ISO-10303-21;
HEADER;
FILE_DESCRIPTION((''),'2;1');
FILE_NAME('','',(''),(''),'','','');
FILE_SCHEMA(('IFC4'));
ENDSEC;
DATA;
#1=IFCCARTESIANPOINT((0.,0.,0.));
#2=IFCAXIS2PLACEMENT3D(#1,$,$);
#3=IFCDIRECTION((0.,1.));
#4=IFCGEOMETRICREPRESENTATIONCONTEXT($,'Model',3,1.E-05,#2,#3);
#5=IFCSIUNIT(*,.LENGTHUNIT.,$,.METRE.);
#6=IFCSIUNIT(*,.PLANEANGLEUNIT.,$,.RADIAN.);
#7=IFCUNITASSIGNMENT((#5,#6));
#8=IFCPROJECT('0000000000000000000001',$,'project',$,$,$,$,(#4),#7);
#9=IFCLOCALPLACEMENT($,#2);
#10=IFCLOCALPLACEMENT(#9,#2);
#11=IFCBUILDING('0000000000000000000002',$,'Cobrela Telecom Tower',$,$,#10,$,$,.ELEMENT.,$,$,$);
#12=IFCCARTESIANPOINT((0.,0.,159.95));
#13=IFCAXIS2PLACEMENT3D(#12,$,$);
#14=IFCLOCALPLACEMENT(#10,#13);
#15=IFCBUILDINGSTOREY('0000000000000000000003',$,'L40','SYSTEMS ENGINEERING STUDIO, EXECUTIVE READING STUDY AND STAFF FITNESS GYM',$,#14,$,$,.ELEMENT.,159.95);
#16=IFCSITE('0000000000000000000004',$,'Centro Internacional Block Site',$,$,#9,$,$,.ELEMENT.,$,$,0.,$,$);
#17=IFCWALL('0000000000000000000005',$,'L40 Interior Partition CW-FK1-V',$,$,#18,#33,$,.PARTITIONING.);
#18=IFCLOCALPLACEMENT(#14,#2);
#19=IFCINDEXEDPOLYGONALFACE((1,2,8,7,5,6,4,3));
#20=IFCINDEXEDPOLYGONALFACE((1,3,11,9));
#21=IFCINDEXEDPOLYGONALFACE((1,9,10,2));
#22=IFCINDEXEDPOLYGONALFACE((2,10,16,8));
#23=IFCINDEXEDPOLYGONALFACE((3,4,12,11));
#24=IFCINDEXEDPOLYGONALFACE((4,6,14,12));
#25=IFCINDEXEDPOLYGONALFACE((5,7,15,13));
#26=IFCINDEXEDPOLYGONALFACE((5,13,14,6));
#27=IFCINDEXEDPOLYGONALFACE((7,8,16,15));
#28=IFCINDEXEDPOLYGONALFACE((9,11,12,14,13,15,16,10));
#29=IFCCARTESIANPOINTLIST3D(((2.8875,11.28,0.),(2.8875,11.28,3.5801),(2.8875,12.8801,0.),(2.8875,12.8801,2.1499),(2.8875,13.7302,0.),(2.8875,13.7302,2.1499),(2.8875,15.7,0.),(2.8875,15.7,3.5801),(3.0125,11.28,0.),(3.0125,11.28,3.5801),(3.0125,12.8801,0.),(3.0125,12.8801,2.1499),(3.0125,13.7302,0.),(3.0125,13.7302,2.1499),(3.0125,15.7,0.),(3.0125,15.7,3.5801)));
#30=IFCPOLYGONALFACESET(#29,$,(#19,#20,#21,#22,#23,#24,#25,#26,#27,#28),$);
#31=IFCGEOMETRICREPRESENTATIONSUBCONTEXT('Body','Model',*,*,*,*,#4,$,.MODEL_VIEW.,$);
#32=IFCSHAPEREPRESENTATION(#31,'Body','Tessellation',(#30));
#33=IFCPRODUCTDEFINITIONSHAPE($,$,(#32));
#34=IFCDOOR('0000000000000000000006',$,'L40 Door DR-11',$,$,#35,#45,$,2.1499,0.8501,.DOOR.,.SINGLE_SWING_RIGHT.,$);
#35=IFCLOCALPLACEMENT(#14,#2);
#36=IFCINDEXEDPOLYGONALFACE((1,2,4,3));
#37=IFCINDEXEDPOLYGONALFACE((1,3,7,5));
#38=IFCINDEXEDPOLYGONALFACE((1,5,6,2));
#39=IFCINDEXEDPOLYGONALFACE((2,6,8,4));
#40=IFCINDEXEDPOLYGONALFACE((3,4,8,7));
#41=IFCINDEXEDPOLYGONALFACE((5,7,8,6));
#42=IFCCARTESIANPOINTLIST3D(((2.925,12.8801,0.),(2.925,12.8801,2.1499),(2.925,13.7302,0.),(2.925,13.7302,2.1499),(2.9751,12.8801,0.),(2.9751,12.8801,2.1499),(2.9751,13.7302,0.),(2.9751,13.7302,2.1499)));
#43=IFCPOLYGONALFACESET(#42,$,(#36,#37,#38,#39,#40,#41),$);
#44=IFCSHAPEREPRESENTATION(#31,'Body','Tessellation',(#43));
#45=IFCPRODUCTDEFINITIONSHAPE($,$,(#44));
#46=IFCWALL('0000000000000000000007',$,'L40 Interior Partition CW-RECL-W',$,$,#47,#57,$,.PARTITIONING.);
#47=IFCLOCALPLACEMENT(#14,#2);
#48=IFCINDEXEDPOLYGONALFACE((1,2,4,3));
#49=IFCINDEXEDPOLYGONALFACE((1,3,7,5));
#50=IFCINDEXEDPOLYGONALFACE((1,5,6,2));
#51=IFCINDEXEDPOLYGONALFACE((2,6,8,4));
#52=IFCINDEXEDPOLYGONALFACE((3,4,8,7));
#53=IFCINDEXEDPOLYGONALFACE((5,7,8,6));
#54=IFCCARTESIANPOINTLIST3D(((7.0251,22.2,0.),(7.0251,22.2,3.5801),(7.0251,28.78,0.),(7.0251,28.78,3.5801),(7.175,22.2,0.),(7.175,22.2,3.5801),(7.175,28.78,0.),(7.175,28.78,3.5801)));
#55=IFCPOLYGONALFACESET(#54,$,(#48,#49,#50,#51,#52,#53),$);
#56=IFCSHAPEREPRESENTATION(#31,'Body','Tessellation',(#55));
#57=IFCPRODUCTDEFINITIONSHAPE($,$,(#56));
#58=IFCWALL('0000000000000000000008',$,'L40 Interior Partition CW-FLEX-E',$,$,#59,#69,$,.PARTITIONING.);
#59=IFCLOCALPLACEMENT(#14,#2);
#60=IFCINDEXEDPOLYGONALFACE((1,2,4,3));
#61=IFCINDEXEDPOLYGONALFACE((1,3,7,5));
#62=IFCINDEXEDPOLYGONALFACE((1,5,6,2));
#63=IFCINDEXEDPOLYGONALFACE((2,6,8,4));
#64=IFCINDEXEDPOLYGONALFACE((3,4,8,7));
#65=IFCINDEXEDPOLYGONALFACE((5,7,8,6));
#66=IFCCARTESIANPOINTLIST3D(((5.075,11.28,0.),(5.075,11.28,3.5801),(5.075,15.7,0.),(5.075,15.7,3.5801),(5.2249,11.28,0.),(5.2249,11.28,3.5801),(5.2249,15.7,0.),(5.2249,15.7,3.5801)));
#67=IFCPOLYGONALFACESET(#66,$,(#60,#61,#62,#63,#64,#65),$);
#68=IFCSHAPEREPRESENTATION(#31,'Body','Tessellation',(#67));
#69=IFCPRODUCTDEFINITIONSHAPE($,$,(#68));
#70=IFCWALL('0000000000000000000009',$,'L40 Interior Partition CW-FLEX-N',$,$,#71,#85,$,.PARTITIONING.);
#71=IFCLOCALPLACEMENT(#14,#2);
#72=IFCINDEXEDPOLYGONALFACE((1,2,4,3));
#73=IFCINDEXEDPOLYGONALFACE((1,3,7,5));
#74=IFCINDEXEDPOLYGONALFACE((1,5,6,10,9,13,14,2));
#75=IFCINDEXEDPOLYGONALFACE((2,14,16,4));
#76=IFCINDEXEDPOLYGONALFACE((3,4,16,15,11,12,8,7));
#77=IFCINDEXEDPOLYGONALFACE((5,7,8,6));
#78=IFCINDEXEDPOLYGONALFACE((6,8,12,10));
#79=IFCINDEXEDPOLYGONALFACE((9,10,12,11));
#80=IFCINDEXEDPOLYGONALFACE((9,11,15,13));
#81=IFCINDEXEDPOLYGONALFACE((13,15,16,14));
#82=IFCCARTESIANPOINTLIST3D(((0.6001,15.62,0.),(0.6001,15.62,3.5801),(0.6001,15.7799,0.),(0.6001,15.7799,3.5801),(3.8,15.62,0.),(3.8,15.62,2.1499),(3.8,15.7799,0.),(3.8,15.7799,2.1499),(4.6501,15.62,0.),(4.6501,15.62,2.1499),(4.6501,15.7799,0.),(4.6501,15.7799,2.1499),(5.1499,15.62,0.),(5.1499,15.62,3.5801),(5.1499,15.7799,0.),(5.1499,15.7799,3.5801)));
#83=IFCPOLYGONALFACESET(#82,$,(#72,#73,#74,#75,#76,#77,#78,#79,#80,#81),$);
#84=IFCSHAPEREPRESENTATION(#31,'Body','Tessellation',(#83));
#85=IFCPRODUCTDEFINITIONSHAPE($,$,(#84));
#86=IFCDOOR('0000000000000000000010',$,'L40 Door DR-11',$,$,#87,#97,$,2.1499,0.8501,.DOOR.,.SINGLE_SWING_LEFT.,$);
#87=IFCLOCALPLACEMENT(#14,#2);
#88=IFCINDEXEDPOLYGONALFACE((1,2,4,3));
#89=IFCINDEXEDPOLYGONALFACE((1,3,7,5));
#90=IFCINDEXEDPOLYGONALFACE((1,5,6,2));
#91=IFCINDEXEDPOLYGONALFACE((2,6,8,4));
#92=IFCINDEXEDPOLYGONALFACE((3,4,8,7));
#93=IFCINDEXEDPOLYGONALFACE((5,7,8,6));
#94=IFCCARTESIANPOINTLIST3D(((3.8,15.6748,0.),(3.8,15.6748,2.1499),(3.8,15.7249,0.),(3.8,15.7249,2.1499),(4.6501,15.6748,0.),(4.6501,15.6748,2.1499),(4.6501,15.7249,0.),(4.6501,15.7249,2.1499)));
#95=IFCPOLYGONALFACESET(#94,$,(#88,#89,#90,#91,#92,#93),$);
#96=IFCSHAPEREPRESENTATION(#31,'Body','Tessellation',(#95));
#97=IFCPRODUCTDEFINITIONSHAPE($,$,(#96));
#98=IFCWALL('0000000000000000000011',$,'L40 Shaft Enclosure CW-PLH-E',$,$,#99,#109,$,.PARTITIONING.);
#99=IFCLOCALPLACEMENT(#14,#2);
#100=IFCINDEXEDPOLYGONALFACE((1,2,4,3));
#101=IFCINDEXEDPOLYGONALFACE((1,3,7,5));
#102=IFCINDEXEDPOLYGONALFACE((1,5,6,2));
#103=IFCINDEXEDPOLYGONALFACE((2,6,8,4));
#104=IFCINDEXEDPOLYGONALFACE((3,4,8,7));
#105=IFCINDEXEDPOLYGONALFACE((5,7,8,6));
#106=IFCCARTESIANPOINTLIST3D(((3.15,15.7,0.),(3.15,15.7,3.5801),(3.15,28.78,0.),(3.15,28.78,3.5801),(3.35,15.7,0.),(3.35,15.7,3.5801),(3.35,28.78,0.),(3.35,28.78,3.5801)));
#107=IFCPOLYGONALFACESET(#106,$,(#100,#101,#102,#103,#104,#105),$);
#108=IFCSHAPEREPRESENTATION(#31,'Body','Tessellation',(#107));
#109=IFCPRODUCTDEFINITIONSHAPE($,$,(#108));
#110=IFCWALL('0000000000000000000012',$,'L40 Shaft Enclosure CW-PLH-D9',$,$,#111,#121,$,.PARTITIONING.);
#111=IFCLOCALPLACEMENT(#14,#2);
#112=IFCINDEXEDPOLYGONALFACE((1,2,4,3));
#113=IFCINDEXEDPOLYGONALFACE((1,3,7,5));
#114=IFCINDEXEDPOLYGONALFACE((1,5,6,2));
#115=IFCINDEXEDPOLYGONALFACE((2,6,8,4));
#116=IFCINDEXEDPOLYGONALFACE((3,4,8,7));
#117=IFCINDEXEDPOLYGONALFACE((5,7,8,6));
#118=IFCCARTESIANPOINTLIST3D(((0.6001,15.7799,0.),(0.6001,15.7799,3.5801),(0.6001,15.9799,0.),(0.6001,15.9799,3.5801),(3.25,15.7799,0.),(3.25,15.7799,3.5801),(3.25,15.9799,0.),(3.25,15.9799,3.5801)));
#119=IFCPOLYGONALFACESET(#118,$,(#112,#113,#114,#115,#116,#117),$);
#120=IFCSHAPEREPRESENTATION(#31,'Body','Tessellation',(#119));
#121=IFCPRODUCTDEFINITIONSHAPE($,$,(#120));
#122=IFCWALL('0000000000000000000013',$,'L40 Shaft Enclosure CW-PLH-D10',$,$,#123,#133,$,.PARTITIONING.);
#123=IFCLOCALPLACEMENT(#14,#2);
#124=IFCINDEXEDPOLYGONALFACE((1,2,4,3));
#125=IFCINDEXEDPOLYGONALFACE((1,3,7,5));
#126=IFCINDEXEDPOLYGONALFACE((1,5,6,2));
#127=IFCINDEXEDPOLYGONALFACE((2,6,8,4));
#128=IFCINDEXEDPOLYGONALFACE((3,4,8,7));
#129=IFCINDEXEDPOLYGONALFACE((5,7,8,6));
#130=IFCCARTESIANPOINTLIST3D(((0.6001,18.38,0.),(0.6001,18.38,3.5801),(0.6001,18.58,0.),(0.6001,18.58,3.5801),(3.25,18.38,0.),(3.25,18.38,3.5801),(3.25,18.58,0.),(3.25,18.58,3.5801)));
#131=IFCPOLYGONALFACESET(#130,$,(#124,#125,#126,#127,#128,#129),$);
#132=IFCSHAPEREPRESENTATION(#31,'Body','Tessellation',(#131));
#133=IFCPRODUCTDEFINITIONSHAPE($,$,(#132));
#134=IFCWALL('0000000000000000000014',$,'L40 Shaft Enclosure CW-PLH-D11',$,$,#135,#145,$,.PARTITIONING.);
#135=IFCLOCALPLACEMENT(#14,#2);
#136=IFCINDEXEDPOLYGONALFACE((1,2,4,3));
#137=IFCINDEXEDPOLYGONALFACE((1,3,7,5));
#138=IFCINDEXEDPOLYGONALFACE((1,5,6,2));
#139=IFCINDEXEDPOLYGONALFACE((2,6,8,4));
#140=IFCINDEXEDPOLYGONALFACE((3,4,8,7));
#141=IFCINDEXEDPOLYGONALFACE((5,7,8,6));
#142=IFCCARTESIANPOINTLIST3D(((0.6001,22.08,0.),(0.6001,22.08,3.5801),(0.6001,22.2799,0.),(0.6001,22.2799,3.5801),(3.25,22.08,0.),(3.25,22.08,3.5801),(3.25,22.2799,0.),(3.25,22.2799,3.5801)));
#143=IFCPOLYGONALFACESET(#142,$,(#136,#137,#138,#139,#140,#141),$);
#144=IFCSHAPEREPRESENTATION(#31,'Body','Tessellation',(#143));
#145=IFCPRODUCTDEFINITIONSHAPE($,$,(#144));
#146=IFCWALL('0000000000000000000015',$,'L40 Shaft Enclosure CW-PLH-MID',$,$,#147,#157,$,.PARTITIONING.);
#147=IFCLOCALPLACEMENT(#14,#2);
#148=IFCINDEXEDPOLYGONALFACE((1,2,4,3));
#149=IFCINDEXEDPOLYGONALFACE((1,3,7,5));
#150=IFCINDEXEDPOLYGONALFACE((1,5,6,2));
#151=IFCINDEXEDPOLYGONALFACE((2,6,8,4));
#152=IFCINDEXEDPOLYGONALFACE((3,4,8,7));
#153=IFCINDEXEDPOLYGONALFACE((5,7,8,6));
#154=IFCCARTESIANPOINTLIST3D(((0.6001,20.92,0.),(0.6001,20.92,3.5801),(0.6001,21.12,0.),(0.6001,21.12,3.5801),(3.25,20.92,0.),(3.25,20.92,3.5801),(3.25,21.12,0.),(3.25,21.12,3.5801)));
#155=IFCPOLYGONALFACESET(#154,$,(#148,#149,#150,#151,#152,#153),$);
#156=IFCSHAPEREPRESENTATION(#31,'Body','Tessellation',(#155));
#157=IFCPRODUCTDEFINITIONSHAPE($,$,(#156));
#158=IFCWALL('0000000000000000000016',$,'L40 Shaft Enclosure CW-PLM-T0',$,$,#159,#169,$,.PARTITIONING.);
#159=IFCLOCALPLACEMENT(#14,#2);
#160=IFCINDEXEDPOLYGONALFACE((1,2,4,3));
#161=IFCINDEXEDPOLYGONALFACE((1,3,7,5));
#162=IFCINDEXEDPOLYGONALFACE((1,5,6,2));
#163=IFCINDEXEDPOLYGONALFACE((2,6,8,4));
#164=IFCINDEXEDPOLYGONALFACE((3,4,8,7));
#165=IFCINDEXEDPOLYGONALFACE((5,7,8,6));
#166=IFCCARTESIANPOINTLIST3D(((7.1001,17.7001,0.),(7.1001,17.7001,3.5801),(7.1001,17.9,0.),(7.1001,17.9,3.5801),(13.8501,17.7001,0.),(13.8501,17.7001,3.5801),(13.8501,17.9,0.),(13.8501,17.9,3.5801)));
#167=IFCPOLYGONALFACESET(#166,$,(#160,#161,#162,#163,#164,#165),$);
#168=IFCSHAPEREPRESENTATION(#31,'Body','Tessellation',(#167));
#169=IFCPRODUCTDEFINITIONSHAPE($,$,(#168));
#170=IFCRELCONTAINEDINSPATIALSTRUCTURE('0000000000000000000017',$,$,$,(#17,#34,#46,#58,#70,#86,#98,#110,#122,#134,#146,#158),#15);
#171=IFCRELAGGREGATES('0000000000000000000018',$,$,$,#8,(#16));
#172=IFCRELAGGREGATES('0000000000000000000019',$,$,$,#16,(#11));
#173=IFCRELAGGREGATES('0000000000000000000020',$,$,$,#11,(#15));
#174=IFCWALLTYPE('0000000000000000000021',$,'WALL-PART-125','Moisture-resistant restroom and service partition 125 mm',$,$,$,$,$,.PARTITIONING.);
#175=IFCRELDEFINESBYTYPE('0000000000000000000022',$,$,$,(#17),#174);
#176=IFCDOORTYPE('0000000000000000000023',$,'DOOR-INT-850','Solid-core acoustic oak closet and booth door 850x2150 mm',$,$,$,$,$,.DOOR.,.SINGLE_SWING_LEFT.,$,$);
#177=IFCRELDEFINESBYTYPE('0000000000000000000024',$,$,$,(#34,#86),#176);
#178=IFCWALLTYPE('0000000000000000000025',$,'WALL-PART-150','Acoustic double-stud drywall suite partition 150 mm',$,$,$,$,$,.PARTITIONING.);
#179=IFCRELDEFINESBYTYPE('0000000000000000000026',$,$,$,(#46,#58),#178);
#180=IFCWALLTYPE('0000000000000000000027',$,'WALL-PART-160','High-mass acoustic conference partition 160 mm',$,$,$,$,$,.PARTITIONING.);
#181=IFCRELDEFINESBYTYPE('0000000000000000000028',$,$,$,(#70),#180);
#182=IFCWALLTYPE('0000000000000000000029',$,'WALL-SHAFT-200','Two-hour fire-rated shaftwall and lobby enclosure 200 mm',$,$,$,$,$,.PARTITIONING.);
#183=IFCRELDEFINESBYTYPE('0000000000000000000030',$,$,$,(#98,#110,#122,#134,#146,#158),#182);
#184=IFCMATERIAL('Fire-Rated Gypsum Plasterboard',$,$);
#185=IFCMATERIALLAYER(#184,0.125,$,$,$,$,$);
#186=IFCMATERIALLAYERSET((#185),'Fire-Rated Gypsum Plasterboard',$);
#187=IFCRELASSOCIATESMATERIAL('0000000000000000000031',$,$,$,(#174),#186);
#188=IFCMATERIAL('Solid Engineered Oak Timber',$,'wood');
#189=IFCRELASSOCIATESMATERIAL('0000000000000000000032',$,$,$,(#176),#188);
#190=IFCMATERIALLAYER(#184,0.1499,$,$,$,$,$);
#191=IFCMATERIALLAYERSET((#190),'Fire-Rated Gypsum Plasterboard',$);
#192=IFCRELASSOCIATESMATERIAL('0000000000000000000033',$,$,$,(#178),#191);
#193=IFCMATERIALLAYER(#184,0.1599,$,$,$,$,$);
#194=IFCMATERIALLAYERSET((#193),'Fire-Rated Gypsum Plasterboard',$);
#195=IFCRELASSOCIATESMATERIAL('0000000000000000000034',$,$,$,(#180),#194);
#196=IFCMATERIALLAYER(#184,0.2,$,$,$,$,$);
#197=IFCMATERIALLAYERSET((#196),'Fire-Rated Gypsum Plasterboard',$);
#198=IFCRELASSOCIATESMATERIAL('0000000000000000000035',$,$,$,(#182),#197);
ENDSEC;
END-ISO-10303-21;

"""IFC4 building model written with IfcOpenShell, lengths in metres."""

from ifc_helpers import new_model, si_unit, direction, frame, frame_2d, origin, place, context, subcontext, project, spatial, rectangle, extrude, material, layer, layer_set, type_object, element, fill, save


model = new_model("IFC4")

# Units and contexts
model_context = context("Model", 3, precision=1e-05, world=origin(), true_north=direction((0.0, 1.0)))
body_context = subcontext(model_context, "Body", "Model", "MODEL_VIEW")
ifc_project = project(units=[si_unit("LENGTHUNIT", "METRE"), si_unit("PLANEANGLEUNIT", "RADIAN")], contexts=[model_context])

# Site, building, storey
site_placement = place(None, origin())
site = spatial("IfcSite", under=ifc_project, at=site_placement, Name="Centro Internacional Block Site", CompositionType="ELEMENT", RefElevation=0.0)
building_placement = place(site_placement, origin())
building = spatial("IfcBuilding", under=site, at=building_placement, Name="Cobrela Telecom Tower", CompositionType="ELEMENT")
storey_placement = place(building_placement, frame((0.0, 0.0, 159.95)))
storey = spatial("IfcBuildingStorey", under=building, at=storey_placement, Name="L40", Description="SYSTEMS ENGINEERING STUDIO, EXECUTIVE READING STUDY AND STAFF FITNESS GYM", CompositionType="ELEMENT", Elevation=159.95)

# Wall, opening, door
ifc_material_1 = material(Name="Fire-Rated Gypsum Plasterboard")
ifc_layer_1 = layer(ifc_material_1, 0.125)
ifc_layer_set_1 = layer_set([ifc_layer_1], Name="Fire-Rated Gypsum Plasterboard")
wall_type_1 = type_object("IfcWallType", Name="WALL-PART-125", Description="Moisture-resistant restroom and service partition 125 mm", PredefinedType="PARTITIONING", material=ifc_layer_set_1)
wall_1_placement = place(storey_placement, frame((2.95, 11.28, 0.0), z_axis=(0.0, 0.0, 1.0), x_axis=(0.0, 1.0, 0.0)))
wall_1 = element("IfcWall", 1, at=wall_1_placement, inside=storey, type_object=wall_type_1, Name="L40 Interior Partition CW-FK1-V", PredefinedType="PARTITIONING", context=body_context, shape_type="SweptSolid", body=[
    extrude(rectangle(XDim=4.4199, YDim=0.125, at=frame_2d((2.21, 0.0))), origin(), (0.0, 0.0, 1.0), 3.5801),
])
opening_1_placement = place(wall_1_placement, frame((1.6001, 0.0, 0.0)))
opening_1 = element("IfcOpeningElement", 2, at=opening_1_placement, cuts=wall_1, PredefinedType="OPENING", context=body_context, shape_type="SweptSolid", body=[
    extrude(rectangle(XDim=0.8501, YDim=2.1499, at=frame_2d((0.425, 1.075))), frame((0.0, 0.0745, 0.0), z_axis=(0.0, -1.0, 0.0), x_axis=(1.0, 0.0, 0.0)), (0.0, 0.0, 1.0), 0.1489),
])
ifc_material_2 = material(Name="Solid Engineered Oak Timber", Category="wood")
door_type_1 = type_object("IfcDoorType", Name="DOOR-INT-850", Description="Solid-core acoustic oak closet and booth door 850x2150 mm", OperationType="SINGLE_SWING_LEFT", PredefinedType="DOOR", material=ifc_material_2)
door_1_placement = place(opening_1_placement, origin())
door_1 = element("IfcDoor", 3, at=door_1_placement, inside=storey, type_object=door_type_1, Name="L40 Door DR-11", OperationType="SINGLE_SWING_RIGHT", OverallHeight=2.1499, OverallWidth=0.8501, PredefinedType="DOOR", context=body_context, shape_type="SweptSolid", body=[
    extrude(rectangle(XDim=0.8501, YDim=2.1499, at=frame_2d((0.425, 1.075))), frame((0.0, 0.0249, 0.0), z_axis=(0.0, -1.0, 0.0), x_axis=(1.0, 0.0, 0.0)), (0.0, 0.0, 1.0), 0.05),
])
fill(opening_1, door_1)

# Walls
ifc_layer_2 = layer(ifc_material_1, 0.1499)
ifc_layer_set_2 = layer_set([ifc_layer_2], Name="Fire-Rated Gypsum Plasterboard")
wall_type_2 = type_object("IfcWallType", Name="WALL-PART-150", Description="Acoustic double-stud drywall suite partition 150 mm", PredefinedType="PARTITIONING", material=ifc_layer_set_2)
wall_2_placement = place(storey_placement, frame((7.1001, 22.2, 0.0), z_axis=(0.0, 0.0, 1.0), x_axis=(0.0, 1.0, 0.0)))
element("IfcWall", 4, at=wall_2_placement, inside=storey, type_object=wall_type_2, Name="L40 Interior Partition CW-RECL-W", PredefinedType="PARTITIONING", context=body_context, shape_type="SweptSolid", body=[
    extrude(rectangle(XDim=6.5801, YDim=0.1499, at=frame_2d((3.29, 0.0))), origin(), (0.0, 0.0, 1.0), 3.5801),
])
wall_3_placement = place(storey_placement, frame((5.1499, 11.28, 0.0), z_axis=(0.0, 0.0, 1.0), x_axis=(0.0, 1.0, 0.0)))
element("IfcWall", 5, at=wall_3_placement, inside=storey, type_object=wall_type_2, Name="L40 Interior Partition CW-FLEX-E", PredefinedType="PARTITIONING", context=body_context, shape_type="SweptSolid", body=[
    extrude(rectangle(XDim=4.4199, YDim=0.1499, at=frame_2d((2.21, 0.0))), origin(), (0.0, 0.0, 1.0), 3.5801),
])

# Wall, opening, door
ifc_layer_3 = layer(ifc_material_1, 0.1599)
ifc_layer_set_3 = layer_set([ifc_layer_3], Name="Fire-Rated Gypsum Plasterboard")
wall_type_3 = type_object("IfcWallType", Name="WALL-PART-160", Description="High-mass acoustic conference partition 160 mm", PredefinedType="PARTITIONING", material=ifc_layer_set_3)
wall_4_placement = place(storey_placement, frame((0.6001, 15.7, 0.0), z_axis=(0.0, 0.0, 1.0), x_axis=(1.0, 0.0, 0.0)))
wall_4 = element("IfcWall", 6, at=wall_4_placement, inside=storey, type_object=wall_type_3, Name="L40 Interior Partition CW-FLEX-N", PredefinedType="PARTITIONING", context=body_context, shape_type="SweptSolid", body=[
    extrude(rectangle(XDim=4.5498, YDim=0.1599, at=frame_2d((2.2749, 0.0))), origin(), (0.0, 0.0, 1.0), 3.5801),
])
opening_2_placement = place(wall_4_placement, frame((3.2, 0.0, 0.0)))
opening_2 = element("IfcOpeningElement", 7, at=opening_2_placement, cuts=wall_4, PredefinedType="OPENING", context=body_context, shape_type="SweptSolid", body=[
    extrude(rectangle(XDim=0.8501, YDim=2.1499, at=frame_2d((0.425, 1.075))), frame((0.0, 0.0918, 0.0), z_axis=(0.0, -1.0, 0.0), x_axis=(1.0, 0.0, 0.0)), (0.0, 0.0, 1.0), 0.1838),
])
door_2_placement = place(opening_2_placement, origin())
door_2 = element("IfcDoor", 8, at=door_2_placement, inside=storey, type_object=door_type_1, Name="L40 Door DR-11", OperationType="SINGLE_SWING_LEFT", OverallHeight=2.1499, OverallWidth=0.8501, PredefinedType="DOOR", context=body_context, shape_type="SweptSolid", body=[
    extrude(rectangle(XDim=0.8501, YDim=2.1499, at=frame_2d((0.425, 1.075))), frame((0.0, 0.0249, 0.0), z_axis=(0.0, -1.0, 0.0), x_axis=(1.0, 0.0, 0.0)), (0.0, 0.0, 1.0), 0.05),
])
fill(opening_2, door_2)

# Walls
ifc_layer_4 = layer(ifc_material_1, 0.2)
ifc_layer_set_4 = layer_set([ifc_layer_4], Name="Fire-Rated Gypsum Plasterboard")
wall_type_4 = type_object("IfcWallType", Name="WALL-SHAFT-200", Description="Two-hour fire-rated shaftwall and lobby enclosure 200 mm", PredefinedType="PARTITIONING", material=ifc_layer_set_4)
wall_5_placement = place(storey_placement, frame((3.25, 15.7, 0.0), z_axis=(0.0, 0.0, 1.0), x_axis=(0.0, 1.0, 0.0)))
element("IfcWall", 9, at=wall_5_placement, inside=storey, type_object=wall_type_4, Name="L40 Shaft Enclosure CW-PLH-E", PredefinedType="PARTITIONING", context=body_context, shape_type="SweptSolid", body=[
    extrude(rectangle(XDim=13.0801, YDim=0.2, at=frame_2d((6.54, 0.0))), origin(), (0.0, 0.0, 1.0), 3.5801),
])
for number, where, z_axis, x_axis, name in (
    (10, (0.6001, 15.8799, 0.0), (0.0, 0.0, 1.0), (1.0, 0.0, 0.0), "L40 Shaft Enclosure CW-PLH-D9"),
    (11, (0.6001, 18.48, 0.0), (0.0, 0.0, 1.0), (1.0, 0.0, 0.0), "L40 Shaft Enclosure CW-PLH-D10"),
    (12, (0.6001, 22.1799, 0.0), (0.0, 0.0, 1.0), (1.0, 0.0, 0.0), "L40 Shaft Enclosure CW-PLH-D11"),
    (13, (0.6001, 21.02, 0.0), (0.0, 0.0, 1.0), (1.0, 0.0, 0.0), "L40 Shaft Enclosure CW-PLH-MID"),
):
    element("IfcWall", number, at=place(storey_placement, frame(where, z_axis=z_axis, x_axis=x_axis)), inside=storey, type_object=wall_type_4, Name=name, PredefinedType="PARTITIONING", context=body_context, shape_type="SweptSolid", body=[
        extrude(rectangle(XDim=2.6499, YDim=0.2, at=frame_2d((1.325, 0.0))), origin(), (0.0, 0.0, 1.0), 3.5801),
    ])
wall_6_placement = place(storey_placement, frame((7.1001, 17.8, 0.0), z_axis=(0.0, 0.0, 1.0), x_axis=(1.0, 0.0, 0.0)))
element("IfcWall", 14, at=wall_6_placement, inside=storey, type_object=wall_type_4, Name="L40 Shaft Enclosure CW-PLM-T0", PredefinedType="PARTITIONING", context=body_context, shape_type="SweptSolid", body=[
    extrude(rectangle(XDim=6.75, YDim=0.2, at=frame_2d((3.375, 0.0))), origin(), (0.0, 0.0, 1.0), 3.5801),
])

save(model, "model.ifc")
